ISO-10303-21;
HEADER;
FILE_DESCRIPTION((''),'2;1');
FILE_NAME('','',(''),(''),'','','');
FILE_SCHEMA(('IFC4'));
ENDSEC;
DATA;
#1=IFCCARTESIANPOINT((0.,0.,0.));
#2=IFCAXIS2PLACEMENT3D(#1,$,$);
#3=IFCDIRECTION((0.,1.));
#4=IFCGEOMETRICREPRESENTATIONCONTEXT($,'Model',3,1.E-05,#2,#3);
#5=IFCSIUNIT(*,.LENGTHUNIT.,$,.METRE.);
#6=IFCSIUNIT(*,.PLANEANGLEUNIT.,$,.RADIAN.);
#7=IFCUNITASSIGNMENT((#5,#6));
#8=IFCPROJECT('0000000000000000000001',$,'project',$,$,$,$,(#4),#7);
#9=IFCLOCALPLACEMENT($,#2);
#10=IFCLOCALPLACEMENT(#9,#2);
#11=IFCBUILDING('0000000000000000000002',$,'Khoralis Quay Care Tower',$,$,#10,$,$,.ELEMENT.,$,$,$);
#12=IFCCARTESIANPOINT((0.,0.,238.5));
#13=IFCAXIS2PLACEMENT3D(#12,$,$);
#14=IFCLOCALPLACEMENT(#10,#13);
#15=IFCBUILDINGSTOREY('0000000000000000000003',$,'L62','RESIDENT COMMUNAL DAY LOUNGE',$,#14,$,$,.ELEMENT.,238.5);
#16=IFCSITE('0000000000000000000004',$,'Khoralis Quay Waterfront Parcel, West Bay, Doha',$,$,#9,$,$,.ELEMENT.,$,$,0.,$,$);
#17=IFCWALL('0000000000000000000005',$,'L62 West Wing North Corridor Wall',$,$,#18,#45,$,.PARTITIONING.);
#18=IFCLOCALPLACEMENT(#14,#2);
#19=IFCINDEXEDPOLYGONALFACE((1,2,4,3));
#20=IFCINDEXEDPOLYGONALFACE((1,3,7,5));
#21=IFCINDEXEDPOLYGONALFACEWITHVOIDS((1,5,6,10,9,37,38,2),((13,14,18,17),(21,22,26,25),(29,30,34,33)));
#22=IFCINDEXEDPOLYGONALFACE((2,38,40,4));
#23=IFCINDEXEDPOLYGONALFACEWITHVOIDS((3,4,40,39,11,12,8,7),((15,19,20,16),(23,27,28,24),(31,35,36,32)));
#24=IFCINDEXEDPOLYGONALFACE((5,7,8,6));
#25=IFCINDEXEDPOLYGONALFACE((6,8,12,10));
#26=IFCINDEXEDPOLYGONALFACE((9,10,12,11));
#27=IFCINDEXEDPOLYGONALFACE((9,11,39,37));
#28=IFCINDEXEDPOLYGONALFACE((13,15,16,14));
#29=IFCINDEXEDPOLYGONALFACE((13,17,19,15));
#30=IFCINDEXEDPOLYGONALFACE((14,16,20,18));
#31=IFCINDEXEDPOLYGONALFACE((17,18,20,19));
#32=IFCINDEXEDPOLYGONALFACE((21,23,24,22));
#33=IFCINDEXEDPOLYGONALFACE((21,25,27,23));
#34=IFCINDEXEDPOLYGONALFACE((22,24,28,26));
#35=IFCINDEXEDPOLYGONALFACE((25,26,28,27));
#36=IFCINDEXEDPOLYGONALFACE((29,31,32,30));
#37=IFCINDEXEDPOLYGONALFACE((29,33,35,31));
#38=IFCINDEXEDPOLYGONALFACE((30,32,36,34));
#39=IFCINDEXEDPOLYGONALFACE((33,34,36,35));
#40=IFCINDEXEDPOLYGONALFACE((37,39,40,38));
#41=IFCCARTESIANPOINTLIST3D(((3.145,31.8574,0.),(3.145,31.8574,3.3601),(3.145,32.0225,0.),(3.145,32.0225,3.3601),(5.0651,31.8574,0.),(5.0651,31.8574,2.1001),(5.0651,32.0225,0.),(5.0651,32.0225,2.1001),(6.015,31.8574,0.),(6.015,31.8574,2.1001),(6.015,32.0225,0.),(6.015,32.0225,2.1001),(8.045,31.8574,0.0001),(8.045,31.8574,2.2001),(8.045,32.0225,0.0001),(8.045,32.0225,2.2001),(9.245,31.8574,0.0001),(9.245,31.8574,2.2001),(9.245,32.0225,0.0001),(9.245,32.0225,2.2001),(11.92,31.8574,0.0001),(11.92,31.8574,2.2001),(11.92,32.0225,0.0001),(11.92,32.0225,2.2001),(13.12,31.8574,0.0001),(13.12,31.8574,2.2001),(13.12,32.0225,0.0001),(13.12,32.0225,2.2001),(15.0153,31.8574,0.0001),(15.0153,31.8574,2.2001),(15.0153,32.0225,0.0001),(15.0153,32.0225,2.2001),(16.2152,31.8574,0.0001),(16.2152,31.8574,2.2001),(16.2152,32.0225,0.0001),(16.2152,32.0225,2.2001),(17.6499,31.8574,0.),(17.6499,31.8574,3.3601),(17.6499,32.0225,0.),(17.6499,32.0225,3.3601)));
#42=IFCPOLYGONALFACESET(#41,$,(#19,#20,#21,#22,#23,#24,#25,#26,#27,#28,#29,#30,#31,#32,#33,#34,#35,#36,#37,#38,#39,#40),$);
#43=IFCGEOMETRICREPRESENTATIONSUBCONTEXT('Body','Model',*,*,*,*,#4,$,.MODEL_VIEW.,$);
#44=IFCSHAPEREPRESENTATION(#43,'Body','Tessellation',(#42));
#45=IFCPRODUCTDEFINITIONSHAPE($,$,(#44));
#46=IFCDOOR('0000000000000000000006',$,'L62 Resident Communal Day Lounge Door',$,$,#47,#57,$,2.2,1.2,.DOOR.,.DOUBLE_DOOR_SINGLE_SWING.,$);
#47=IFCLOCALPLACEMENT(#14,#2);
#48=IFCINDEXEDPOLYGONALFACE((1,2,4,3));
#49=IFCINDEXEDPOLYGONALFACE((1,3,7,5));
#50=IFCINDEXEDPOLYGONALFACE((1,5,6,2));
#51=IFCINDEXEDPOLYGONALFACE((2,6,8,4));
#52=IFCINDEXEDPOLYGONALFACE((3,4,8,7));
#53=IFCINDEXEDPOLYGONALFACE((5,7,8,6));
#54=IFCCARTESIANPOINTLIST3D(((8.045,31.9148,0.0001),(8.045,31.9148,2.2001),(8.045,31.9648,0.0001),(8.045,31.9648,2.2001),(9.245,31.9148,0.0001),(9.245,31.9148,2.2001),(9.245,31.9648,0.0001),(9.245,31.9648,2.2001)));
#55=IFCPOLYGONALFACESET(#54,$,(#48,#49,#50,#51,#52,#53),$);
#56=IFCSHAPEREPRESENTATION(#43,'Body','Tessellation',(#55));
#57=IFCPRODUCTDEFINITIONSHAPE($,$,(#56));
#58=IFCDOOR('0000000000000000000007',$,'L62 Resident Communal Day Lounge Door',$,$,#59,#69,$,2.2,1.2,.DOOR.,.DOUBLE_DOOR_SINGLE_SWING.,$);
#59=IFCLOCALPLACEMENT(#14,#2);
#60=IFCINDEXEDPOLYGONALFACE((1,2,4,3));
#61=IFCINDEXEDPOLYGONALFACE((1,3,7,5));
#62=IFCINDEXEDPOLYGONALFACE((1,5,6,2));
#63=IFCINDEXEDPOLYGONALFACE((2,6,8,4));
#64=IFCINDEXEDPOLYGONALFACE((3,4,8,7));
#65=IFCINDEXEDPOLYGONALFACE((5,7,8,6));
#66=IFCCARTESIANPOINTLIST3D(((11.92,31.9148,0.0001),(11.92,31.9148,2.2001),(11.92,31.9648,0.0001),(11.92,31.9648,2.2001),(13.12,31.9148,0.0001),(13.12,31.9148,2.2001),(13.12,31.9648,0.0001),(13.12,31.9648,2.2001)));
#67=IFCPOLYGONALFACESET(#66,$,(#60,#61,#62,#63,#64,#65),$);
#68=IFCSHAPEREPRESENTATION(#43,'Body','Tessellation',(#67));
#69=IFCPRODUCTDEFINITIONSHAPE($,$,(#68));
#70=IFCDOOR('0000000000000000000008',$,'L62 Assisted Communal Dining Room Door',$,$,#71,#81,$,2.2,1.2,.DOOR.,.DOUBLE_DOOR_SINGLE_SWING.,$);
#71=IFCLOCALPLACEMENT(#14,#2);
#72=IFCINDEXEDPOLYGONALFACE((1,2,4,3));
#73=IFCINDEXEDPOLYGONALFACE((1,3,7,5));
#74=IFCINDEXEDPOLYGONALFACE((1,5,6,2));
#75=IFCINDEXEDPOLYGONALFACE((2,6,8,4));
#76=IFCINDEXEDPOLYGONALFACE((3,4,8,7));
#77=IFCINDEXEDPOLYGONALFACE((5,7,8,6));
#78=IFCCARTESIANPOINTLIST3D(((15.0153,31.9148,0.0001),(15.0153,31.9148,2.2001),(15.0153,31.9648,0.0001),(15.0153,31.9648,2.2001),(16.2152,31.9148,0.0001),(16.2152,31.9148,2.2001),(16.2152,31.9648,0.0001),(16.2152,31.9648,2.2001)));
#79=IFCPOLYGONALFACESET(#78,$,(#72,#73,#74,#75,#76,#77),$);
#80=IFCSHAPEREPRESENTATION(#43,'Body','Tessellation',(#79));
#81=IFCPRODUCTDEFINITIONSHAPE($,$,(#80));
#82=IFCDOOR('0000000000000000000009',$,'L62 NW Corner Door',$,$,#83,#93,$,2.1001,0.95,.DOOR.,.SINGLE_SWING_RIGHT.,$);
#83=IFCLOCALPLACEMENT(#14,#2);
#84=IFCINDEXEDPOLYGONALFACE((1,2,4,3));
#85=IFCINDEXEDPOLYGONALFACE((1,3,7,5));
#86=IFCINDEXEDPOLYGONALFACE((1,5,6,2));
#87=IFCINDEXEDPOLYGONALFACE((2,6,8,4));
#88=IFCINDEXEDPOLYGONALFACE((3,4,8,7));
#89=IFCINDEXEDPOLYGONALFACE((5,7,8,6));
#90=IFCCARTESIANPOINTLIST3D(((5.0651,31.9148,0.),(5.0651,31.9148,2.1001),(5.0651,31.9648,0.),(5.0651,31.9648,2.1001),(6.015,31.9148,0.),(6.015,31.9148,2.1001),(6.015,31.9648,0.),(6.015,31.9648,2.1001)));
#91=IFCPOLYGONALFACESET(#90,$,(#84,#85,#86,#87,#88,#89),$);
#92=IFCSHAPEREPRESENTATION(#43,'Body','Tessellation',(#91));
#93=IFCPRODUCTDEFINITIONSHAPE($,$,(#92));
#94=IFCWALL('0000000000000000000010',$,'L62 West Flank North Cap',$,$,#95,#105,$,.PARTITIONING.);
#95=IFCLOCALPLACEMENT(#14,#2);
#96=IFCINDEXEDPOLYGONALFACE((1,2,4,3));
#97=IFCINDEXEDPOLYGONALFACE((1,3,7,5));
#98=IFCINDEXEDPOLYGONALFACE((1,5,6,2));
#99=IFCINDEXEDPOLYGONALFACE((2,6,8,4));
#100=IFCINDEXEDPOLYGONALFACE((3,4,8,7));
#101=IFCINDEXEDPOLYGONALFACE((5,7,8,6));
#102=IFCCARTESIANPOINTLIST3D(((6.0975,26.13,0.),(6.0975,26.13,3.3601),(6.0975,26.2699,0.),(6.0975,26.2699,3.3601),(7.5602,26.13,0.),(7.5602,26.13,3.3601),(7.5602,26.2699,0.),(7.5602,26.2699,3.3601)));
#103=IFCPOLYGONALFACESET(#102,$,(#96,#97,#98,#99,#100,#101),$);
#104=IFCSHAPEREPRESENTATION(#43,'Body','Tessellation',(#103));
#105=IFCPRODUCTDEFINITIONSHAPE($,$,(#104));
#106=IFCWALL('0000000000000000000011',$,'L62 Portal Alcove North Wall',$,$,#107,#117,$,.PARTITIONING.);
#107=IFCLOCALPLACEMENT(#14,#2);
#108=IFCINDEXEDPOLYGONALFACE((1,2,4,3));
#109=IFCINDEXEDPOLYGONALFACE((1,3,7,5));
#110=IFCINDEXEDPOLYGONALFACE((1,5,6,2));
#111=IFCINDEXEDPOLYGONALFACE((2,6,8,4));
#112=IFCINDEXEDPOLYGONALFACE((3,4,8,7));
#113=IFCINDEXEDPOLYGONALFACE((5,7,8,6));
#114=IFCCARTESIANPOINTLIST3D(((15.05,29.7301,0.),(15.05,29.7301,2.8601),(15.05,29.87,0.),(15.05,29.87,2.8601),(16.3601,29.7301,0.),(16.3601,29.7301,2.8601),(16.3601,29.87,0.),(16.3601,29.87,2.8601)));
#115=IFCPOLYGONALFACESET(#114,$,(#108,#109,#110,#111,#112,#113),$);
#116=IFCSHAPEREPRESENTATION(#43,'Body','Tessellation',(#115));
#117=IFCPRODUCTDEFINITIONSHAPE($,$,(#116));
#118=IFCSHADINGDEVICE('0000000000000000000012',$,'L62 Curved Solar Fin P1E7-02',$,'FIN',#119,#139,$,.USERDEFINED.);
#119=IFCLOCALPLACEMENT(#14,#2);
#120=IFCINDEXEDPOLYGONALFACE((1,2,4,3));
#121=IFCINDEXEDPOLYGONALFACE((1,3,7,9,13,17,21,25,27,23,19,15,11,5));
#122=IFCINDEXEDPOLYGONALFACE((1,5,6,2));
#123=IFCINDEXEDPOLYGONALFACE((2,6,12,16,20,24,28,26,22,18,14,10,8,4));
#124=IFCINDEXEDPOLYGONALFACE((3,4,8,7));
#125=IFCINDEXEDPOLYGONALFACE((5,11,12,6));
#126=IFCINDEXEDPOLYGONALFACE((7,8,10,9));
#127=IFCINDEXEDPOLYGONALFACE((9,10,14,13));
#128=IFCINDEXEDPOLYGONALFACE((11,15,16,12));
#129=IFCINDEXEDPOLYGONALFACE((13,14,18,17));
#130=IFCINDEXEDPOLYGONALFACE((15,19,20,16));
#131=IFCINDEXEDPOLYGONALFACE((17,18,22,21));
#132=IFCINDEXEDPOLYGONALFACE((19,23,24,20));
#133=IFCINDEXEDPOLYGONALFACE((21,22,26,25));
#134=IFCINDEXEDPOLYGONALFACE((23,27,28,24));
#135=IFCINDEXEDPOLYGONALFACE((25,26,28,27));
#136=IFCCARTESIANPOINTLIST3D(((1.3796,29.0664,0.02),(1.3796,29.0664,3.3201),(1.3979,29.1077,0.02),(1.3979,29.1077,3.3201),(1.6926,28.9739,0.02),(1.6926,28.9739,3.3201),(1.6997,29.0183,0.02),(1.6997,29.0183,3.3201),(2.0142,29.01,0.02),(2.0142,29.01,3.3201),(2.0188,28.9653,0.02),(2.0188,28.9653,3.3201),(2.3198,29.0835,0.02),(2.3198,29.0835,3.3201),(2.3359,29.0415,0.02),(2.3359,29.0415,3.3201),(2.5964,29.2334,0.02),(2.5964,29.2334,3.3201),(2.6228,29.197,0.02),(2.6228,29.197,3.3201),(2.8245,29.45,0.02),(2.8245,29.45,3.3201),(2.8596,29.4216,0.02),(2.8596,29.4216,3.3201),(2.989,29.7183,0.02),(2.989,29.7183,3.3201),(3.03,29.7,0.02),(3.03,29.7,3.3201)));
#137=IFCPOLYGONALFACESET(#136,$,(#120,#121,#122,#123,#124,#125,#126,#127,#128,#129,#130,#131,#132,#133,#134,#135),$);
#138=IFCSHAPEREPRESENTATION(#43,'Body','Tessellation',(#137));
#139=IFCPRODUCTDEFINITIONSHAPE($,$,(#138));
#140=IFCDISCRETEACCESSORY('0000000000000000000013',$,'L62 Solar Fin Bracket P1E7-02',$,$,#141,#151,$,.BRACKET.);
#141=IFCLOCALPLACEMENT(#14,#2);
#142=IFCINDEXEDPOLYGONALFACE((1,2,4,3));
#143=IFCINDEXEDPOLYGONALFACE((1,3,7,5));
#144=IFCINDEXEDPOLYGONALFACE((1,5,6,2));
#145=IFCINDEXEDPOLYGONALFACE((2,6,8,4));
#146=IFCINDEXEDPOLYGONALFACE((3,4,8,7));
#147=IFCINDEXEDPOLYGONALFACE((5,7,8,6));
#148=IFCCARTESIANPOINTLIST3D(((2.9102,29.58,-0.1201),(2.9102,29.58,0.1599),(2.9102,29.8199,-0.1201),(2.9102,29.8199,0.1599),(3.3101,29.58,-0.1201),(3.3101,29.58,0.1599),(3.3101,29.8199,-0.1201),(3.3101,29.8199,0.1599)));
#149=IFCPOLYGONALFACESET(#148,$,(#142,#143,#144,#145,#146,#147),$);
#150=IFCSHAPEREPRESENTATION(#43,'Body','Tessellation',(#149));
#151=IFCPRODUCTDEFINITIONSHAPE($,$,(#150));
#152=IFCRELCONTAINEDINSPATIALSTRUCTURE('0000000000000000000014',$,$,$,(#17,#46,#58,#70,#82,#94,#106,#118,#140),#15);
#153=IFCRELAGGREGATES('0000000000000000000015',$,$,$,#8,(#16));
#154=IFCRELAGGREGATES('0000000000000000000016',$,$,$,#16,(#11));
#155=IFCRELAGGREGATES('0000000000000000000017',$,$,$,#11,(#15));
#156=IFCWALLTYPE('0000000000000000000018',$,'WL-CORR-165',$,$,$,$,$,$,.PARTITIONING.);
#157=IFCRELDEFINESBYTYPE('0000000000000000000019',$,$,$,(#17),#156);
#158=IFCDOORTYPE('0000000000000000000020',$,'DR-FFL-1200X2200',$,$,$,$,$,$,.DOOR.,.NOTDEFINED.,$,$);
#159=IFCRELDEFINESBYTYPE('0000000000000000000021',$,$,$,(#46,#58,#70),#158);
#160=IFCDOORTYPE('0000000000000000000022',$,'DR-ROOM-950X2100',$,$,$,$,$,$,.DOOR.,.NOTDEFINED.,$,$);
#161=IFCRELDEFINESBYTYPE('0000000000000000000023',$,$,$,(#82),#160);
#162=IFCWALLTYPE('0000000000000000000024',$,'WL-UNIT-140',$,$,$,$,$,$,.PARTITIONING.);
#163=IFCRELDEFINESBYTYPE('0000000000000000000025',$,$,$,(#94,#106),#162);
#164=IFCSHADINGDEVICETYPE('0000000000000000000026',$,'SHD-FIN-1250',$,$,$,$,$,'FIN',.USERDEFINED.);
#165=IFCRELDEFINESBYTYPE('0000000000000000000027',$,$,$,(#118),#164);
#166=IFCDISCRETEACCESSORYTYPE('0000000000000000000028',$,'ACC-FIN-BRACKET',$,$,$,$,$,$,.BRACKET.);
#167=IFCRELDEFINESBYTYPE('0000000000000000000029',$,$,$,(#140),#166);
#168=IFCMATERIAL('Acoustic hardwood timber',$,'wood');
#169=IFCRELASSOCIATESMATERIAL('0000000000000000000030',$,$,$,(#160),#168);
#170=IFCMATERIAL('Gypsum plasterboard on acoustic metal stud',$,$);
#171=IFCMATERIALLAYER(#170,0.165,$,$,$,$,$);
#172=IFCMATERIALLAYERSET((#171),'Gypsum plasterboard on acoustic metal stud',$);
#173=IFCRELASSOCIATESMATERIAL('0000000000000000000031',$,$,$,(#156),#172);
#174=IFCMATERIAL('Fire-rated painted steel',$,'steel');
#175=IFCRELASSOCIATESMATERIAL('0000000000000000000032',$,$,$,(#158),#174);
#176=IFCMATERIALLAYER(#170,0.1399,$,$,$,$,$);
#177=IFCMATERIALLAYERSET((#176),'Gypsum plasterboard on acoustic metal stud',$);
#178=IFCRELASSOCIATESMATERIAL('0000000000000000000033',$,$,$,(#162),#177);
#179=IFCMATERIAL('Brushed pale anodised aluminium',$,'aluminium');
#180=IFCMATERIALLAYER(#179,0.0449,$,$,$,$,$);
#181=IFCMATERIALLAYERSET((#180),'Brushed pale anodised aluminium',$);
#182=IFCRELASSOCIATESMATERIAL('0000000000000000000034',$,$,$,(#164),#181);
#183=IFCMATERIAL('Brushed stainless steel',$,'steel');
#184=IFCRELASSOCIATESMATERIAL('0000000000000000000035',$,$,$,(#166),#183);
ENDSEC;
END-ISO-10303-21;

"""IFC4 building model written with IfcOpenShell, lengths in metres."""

from ifc_helpers import new_model, si_unit, direction, frame, frame_2d, origin, origin_2d, place, context, subcontext, project, spatial, polyline, rectangle, outline, extrude, source, transform, mapped, material, layer, layer_set, type_object, element, fill, save


model = new_model("IFC4")

# Units and contexts
model_context = context("Model", 3, precision=1e-05, world=origin(), true_north=direction((0.0, 1.0)))
body_context = subcontext(model_context, "Body", "Model", "MODEL_VIEW")
ifc_project = project(units=[si_unit("LENGTHUNIT", "METRE"), si_unit("PLANEANGLEUNIT", "RADIAN")], contexts=[model_context])

# Site, building, storey
site_placement = place(None, origin())
site = spatial("IfcSite", under=ifc_project, at=site_placement, Name="Khoralis Quay Waterfront Parcel, West Bay, Doha", CompositionType="ELEMENT", RefElevation=0.0)
building_placement = place(site_placement, origin())
building = spatial("IfcBuilding", under=site, at=building_placement, Name="Khoralis Quay Care Tower", CompositionType="ELEMENT")
storey_placement = place(building_placement, frame((0.0, 0.0, 238.5)))
storey = spatial("IfcBuildingStorey", under=building, at=storey_placement, Name="L62", Description="RESIDENT COMMUNAL DAY LOUNGE", CompositionType="ELEMENT", Elevation=238.5)

# Shared definitions
ifc_material_1 = material(Name="Brushed stainless steel", Category="steel")
ifc_material_2 = material(Name="Acoustic hardwood timber", Category="wood")
door_type_1 = type_object("IfcDoorType", Name="DR-ROOM-950X2100", OperationType="NOTDEFINED", PredefinedType="DOOR", material=ifc_material_2)
shared_shape_1 = source(origin(), body_context, "Body", "SweptSolid", [
    extrude(rectangle(XDim=0.95, YDim=2.1001, at=frame_2d((0.4751, 1.05))), frame((0.0, 0.0249, 0.0), z_axis=(0.0, -1.0, 0.0), x_axis=(1.0, 0.0, 0.0)), (0.0, 0.0, 1.0), 0.05),
])

# Shared definitions
ifc_material_3 = material(Name="Gypsum plasterboard on acoustic metal stud")
ifc_layer_1 = layer(ifc_material_3, 0.165)
ifc_layer_set_1 = layer_set([ifc_layer_1], Name="Gypsum plasterboard on acoustic metal stud")
wall_type_1 = type_object("IfcWallType", Name="WL-CORR-165", PredefinedType="PARTITIONING", material=ifc_layer_set_1)
ifc_material_4 = material(Name="Fire-rated painted steel", Category="steel")
door_type_2 = type_object("IfcDoorType", Name="DR-FFL-1200X2200", OperationType="NOTDEFINED", PredefinedType="DOOR", material=ifc_material_4)
shared_shape_2 = source(origin(), body_context, "Body", "SweptSolid", [
    extrude(rectangle(XDim=1.2, YDim=2.2, at=frame_2d((0.6001, 1.1001))), frame((0.0, 0.0249, 0.0), z_axis=(0.0, -1.0, 0.0), x_axis=(1.0, 0.0, 0.0)), (0.0, 0.0, 1.0), 0.05),
])

# Wall, openings, doors
wall_1_placement = place(storey_placement, frame((3.145, 31.9399, 0.0), z_axis=(0.0, 0.0, 1.0), x_axis=(1.0, 0.0, 0.0)))
wall_1 = element("IfcWall", 1, at=wall_1_placement, inside=storey, type_object=wall_type_1, Name="L62 West Wing North Corridor Wall", PredefinedType="PARTITIONING", context=body_context, shape_type="SweptSolid", body=[
    extrude(rectangle(XDim=14.5049, YDim=0.165, at=frame_2d((7.2524, 0.0))), origin(), (0.0, 0.0, 1.0), 3.3601),
])
opening_1_placement = place(wall_1_placement, frame((4.8999, 0.0, 0.0)))
opening_1 = element("IfcOpeningElement", 2, at=opening_1_placement, cuts=wall_1, PredefinedType="OPENING", context=body_context, shape_type="SweptSolid", body=[
    extrude(rectangle(XDim=1.2, YDim=2.2, at=frame_2d((0.6001, 1.1001))), frame((0.0, 0.0925, 0.0), z_axis=(0.0, -1.0, 0.0), x_axis=(1.0, 0.0, 0.0)), (0.0, 0.0, 1.0), 0.1851),
])
opening_2_placement = place(wall_1_placement, frame((8.7749, 0.0, 0.0)))
opening_2 = element("IfcOpeningElement", 3, at=opening_2_placement, cuts=wall_1, PredefinedType="OPENING", context=body_context, shape_type="SweptSolid", body=[
    extrude(rectangle(XDim=1.2, YDim=2.2, at=frame_2d((0.6001, 1.1001))), frame((0.0, 0.0925, 0.0), z_axis=(0.0, -1.0, 0.0), x_axis=(1.0, 0.0, 0.0)), (0.0, 0.0, 1.0), 0.1851),
])
opening_3_placement = place(wall_1_placement, frame((11.8701, 0.0, 0.0)))
opening_3 = element("IfcOpeningElement", 4, at=opening_3_placement, cuts=wall_1, PredefinedType="OPENING", context=body_context, shape_type="SweptSolid", body=[
    extrude(rectangle(XDim=1.2, YDim=2.2, at=frame_2d((0.6001, 1.1001))), frame((0.0, 0.0925, 0.0), z_axis=(0.0, -1.0, 0.0), x_axis=(1.0, 0.0, 0.0)), (0.0, 0.0, 1.0), 0.1851),
])
opening_4_placement = place(wall_1_placement, frame((1.9199, 0.0, 0.0)))
opening_4 = element("IfcOpeningElement", 5, at=opening_4_placement, cuts=wall_1, PredefinedType="OPENING", context=body_context, shape_type="SweptSolid", body=[
    extrude(rectangle(XDim=0.95, YDim=2.1001, at=frame_2d((0.4751, 1.05))), frame((0.0, 0.0925, 0.0), z_axis=(0.0, -1.0, 0.0), x_axis=(1.0, 0.0, 0.0)), (0.0, 0.0, 1.0), 0.1851),
])
door_1_placement = place(opening_1_placement, origin())
door_1 = element("IfcDoor", 6, at=door_1_placement, inside=storey, type_object=door_type_2, Name="L62 Resident Communal Day Lounge Door", OperationType="DOUBLE_DOOR_SINGLE_SWING", OverallHeight=2.2, OverallWidth=1.2, PredefinedType="DOOR", context=body_context, shape_type="MappedRepresentation", body=[
    mapped(shared_shape_2, transform((0.0, 0.0, 0.0), scale=1.0)),
])
fill(opening_1, door_1)
door_2_placement = place(opening_2_placement, origin())
door_2 = element("IfcDoor", 7, at=door_2_placement, inside=storey, type_object=door_type_2, Name="L62 Resident Communal Day Lounge Door", OperationType="DOUBLE_DOOR_SINGLE_SWING", OverallHeight=2.2, OverallWidth=1.2, PredefinedType="DOOR", context=body_context, shape_type="MappedRepresentation", body=[
    mapped(shared_shape_2, transform((0.0, 0.0, 0.0), scale=1.0)),
])
fill(opening_2, door_2)
door_3_placement = place(opening_3_placement, origin())
door_3 = element("IfcDoor", 8, at=door_3_placement, inside=storey, type_object=door_type_2, Name="L62 Assisted Communal Dining Room Door", OperationType="DOUBLE_DOOR_SINGLE_SWING", OverallHeight=2.2, OverallWidth=1.2, PredefinedType="DOOR", context=body_context, shape_type="MappedRepresentation", body=[
    mapped(shared_shape_2, transform((0.0, 0.0, 0.0), scale=1.0)),
])
fill(opening_3, door_3)
door_4_placement = place(opening_4_placement, origin())
door_4 = element("IfcDoor", 9, at=door_4_placement, inside=storey, type_object=door_type_1, Name="L62 NW Corner Door", OperationType="SINGLE_SWING_RIGHT", OverallHeight=2.1001, OverallWidth=0.95, PredefinedType="DOOR", context=body_context, shape_type="MappedRepresentation", body=[
    mapped(shared_shape_1, transform((0.0, 0.0, 0.0), scale=1.0)),
])
fill(opening_4, door_4)

# Walls
ifc_layer_2 = layer(ifc_material_3, 0.1399)
ifc_layer_set_2 = layer_set([ifc_layer_2], Name="Gypsum plasterboard on acoustic metal stud")
wall_type_2 = type_object("IfcWallType", Name="WL-UNIT-140", PredefinedType="PARTITIONING", material=ifc_layer_set_2)
wall_2_placement = place(storey_placement, frame((6.0974, 26.2, 0.0), z_axis=(0.0, 0.0, 1.0), x_axis=(1.0, 0.0, 0.0)))
element("IfcWall", 10, at=wall_2_placement, inside=storey, type_object=wall_type_2, Name="L62 West Flank North Cap", PredefinedType="PARTITIONING", context=body_context, shape_type="SweptSolid", body=[
    extrude(rectangle(XDim=1.4626, YDim=0.1399, at=frame_2d((0.7314, 0.0))), origin(), (0.0, 0.0, 1.0), 3.3601),
])
wall_3_placement = place(storey_placement, frame((15.05, 29.8, 0.0), z_axis=(0.0, 0.0, 1.0), x_axis=(1.0, 0.0, 0.0)))
element("IfcWall", 11, at=wall_3_placement, inside=storey, type_object=wall_type_2, Name="L62 Portal Alcove North Wall", PredefinedType="PARTITIONING", context=body_context, shape_type="SweptSolid", body=[
    extrude(rectangle(XDim=1.3101, YDim=0.1399, at=frame_2d((0.655, 0.0))), origin(), (0.0, 0.0, 1.0), 2.8601),
])

# Shading device
ifc_material_5 = material(Name="Brushed pale anodised aluminium", Category="aluminium")
ifc_layer_3 = layer(ifc_material_5, 0.0449)
ifc_layer_set_3 = layer_set([ifc_layer_3], Name="Brushed pale anodised aluminium")
shading_device_type = type_object("IfcShadingDeviceType", Name="SHD-FIN-1250", ElementType="FIN", PredefinedType="USERDEFINED", material=ifc_layer_set_3)
shared_shape_3 = source(origin(), body_context, "Body", "SweptSolid", [
    extrude(outline(polyline([(0.0, 0.0), (0.1704, 0.2783), (0.4072, 0.5029), (0.6941, 0.6584), (1.0112, 0.7346), (1.3374, 0.7261), (1.6504, 0.6335), (1.6321, 0.5923), (1.3303, 0.6816), (1.0159, 0.6899), (0.7102, 0.6165), (0.4336, 0.4666), (0.2056, 0.25), (0.041, -0.0183), (0.0, 0.0)])), origin(), (0.0, 0.0, 1.0), 3.3),
])
shading_device_placement = place(storey_placement, frame((3.03, 29.7, 0.02), z_axis=(0.0, 0.0, 1.0), x_axis=(-1.0, 0.0, 0.0)))
element("IfcShadingDevice", 12, at=shading_device_placement, inside=storey, type_object=shading_device_type, Name="L62 Curved Solar Fin P1E7-02", ObjectType="FIN", PredefinedType="USERDEFINED", context=body_context, shape_type="MappedRepresentation", body=[
    mapped(shared_shape_3, transform((0.0, 0.0, 0.0), scale=1.0)),
])

# Discrete accessory
discrete_accessory_type = type_object("IfcDiscreteAccessoryType", Name="ACC-FIN-BRACKET", PredefinedType="BRACKET", material=ifc_material_1)
shared_shape_4 = source(origin(), body_context, "Body", "SweptSolid", [
    extrude(rectangle(XDim=0.3999, YDim=0.24, at=origin_2d()), origin(), (0.0, 0.0, 1.0), 0.28),
])
discrete_accessory_placement = place(storey_placement, frame((3.1101, 29.7, -0.1201), z_axis=(0.0, 0.0, 1.0), x_axis=(-1.0, 0.0, 0.0)))
element("IfcDiscreteAccessory", 13, at=discrete_accessory_placement, inside=storey, type_object=discrete_accessory_type, Name="L62 Solar Fin Bracket P1E7-02", PredefinedType="BRACKET", context=body_context, shape_type="MappedRepresentation", body=[
    mapped(shared_shape_4, transform((0.0, 0.0, 0.0), scale=1.0)),
])

save(model, "model.ifc")
